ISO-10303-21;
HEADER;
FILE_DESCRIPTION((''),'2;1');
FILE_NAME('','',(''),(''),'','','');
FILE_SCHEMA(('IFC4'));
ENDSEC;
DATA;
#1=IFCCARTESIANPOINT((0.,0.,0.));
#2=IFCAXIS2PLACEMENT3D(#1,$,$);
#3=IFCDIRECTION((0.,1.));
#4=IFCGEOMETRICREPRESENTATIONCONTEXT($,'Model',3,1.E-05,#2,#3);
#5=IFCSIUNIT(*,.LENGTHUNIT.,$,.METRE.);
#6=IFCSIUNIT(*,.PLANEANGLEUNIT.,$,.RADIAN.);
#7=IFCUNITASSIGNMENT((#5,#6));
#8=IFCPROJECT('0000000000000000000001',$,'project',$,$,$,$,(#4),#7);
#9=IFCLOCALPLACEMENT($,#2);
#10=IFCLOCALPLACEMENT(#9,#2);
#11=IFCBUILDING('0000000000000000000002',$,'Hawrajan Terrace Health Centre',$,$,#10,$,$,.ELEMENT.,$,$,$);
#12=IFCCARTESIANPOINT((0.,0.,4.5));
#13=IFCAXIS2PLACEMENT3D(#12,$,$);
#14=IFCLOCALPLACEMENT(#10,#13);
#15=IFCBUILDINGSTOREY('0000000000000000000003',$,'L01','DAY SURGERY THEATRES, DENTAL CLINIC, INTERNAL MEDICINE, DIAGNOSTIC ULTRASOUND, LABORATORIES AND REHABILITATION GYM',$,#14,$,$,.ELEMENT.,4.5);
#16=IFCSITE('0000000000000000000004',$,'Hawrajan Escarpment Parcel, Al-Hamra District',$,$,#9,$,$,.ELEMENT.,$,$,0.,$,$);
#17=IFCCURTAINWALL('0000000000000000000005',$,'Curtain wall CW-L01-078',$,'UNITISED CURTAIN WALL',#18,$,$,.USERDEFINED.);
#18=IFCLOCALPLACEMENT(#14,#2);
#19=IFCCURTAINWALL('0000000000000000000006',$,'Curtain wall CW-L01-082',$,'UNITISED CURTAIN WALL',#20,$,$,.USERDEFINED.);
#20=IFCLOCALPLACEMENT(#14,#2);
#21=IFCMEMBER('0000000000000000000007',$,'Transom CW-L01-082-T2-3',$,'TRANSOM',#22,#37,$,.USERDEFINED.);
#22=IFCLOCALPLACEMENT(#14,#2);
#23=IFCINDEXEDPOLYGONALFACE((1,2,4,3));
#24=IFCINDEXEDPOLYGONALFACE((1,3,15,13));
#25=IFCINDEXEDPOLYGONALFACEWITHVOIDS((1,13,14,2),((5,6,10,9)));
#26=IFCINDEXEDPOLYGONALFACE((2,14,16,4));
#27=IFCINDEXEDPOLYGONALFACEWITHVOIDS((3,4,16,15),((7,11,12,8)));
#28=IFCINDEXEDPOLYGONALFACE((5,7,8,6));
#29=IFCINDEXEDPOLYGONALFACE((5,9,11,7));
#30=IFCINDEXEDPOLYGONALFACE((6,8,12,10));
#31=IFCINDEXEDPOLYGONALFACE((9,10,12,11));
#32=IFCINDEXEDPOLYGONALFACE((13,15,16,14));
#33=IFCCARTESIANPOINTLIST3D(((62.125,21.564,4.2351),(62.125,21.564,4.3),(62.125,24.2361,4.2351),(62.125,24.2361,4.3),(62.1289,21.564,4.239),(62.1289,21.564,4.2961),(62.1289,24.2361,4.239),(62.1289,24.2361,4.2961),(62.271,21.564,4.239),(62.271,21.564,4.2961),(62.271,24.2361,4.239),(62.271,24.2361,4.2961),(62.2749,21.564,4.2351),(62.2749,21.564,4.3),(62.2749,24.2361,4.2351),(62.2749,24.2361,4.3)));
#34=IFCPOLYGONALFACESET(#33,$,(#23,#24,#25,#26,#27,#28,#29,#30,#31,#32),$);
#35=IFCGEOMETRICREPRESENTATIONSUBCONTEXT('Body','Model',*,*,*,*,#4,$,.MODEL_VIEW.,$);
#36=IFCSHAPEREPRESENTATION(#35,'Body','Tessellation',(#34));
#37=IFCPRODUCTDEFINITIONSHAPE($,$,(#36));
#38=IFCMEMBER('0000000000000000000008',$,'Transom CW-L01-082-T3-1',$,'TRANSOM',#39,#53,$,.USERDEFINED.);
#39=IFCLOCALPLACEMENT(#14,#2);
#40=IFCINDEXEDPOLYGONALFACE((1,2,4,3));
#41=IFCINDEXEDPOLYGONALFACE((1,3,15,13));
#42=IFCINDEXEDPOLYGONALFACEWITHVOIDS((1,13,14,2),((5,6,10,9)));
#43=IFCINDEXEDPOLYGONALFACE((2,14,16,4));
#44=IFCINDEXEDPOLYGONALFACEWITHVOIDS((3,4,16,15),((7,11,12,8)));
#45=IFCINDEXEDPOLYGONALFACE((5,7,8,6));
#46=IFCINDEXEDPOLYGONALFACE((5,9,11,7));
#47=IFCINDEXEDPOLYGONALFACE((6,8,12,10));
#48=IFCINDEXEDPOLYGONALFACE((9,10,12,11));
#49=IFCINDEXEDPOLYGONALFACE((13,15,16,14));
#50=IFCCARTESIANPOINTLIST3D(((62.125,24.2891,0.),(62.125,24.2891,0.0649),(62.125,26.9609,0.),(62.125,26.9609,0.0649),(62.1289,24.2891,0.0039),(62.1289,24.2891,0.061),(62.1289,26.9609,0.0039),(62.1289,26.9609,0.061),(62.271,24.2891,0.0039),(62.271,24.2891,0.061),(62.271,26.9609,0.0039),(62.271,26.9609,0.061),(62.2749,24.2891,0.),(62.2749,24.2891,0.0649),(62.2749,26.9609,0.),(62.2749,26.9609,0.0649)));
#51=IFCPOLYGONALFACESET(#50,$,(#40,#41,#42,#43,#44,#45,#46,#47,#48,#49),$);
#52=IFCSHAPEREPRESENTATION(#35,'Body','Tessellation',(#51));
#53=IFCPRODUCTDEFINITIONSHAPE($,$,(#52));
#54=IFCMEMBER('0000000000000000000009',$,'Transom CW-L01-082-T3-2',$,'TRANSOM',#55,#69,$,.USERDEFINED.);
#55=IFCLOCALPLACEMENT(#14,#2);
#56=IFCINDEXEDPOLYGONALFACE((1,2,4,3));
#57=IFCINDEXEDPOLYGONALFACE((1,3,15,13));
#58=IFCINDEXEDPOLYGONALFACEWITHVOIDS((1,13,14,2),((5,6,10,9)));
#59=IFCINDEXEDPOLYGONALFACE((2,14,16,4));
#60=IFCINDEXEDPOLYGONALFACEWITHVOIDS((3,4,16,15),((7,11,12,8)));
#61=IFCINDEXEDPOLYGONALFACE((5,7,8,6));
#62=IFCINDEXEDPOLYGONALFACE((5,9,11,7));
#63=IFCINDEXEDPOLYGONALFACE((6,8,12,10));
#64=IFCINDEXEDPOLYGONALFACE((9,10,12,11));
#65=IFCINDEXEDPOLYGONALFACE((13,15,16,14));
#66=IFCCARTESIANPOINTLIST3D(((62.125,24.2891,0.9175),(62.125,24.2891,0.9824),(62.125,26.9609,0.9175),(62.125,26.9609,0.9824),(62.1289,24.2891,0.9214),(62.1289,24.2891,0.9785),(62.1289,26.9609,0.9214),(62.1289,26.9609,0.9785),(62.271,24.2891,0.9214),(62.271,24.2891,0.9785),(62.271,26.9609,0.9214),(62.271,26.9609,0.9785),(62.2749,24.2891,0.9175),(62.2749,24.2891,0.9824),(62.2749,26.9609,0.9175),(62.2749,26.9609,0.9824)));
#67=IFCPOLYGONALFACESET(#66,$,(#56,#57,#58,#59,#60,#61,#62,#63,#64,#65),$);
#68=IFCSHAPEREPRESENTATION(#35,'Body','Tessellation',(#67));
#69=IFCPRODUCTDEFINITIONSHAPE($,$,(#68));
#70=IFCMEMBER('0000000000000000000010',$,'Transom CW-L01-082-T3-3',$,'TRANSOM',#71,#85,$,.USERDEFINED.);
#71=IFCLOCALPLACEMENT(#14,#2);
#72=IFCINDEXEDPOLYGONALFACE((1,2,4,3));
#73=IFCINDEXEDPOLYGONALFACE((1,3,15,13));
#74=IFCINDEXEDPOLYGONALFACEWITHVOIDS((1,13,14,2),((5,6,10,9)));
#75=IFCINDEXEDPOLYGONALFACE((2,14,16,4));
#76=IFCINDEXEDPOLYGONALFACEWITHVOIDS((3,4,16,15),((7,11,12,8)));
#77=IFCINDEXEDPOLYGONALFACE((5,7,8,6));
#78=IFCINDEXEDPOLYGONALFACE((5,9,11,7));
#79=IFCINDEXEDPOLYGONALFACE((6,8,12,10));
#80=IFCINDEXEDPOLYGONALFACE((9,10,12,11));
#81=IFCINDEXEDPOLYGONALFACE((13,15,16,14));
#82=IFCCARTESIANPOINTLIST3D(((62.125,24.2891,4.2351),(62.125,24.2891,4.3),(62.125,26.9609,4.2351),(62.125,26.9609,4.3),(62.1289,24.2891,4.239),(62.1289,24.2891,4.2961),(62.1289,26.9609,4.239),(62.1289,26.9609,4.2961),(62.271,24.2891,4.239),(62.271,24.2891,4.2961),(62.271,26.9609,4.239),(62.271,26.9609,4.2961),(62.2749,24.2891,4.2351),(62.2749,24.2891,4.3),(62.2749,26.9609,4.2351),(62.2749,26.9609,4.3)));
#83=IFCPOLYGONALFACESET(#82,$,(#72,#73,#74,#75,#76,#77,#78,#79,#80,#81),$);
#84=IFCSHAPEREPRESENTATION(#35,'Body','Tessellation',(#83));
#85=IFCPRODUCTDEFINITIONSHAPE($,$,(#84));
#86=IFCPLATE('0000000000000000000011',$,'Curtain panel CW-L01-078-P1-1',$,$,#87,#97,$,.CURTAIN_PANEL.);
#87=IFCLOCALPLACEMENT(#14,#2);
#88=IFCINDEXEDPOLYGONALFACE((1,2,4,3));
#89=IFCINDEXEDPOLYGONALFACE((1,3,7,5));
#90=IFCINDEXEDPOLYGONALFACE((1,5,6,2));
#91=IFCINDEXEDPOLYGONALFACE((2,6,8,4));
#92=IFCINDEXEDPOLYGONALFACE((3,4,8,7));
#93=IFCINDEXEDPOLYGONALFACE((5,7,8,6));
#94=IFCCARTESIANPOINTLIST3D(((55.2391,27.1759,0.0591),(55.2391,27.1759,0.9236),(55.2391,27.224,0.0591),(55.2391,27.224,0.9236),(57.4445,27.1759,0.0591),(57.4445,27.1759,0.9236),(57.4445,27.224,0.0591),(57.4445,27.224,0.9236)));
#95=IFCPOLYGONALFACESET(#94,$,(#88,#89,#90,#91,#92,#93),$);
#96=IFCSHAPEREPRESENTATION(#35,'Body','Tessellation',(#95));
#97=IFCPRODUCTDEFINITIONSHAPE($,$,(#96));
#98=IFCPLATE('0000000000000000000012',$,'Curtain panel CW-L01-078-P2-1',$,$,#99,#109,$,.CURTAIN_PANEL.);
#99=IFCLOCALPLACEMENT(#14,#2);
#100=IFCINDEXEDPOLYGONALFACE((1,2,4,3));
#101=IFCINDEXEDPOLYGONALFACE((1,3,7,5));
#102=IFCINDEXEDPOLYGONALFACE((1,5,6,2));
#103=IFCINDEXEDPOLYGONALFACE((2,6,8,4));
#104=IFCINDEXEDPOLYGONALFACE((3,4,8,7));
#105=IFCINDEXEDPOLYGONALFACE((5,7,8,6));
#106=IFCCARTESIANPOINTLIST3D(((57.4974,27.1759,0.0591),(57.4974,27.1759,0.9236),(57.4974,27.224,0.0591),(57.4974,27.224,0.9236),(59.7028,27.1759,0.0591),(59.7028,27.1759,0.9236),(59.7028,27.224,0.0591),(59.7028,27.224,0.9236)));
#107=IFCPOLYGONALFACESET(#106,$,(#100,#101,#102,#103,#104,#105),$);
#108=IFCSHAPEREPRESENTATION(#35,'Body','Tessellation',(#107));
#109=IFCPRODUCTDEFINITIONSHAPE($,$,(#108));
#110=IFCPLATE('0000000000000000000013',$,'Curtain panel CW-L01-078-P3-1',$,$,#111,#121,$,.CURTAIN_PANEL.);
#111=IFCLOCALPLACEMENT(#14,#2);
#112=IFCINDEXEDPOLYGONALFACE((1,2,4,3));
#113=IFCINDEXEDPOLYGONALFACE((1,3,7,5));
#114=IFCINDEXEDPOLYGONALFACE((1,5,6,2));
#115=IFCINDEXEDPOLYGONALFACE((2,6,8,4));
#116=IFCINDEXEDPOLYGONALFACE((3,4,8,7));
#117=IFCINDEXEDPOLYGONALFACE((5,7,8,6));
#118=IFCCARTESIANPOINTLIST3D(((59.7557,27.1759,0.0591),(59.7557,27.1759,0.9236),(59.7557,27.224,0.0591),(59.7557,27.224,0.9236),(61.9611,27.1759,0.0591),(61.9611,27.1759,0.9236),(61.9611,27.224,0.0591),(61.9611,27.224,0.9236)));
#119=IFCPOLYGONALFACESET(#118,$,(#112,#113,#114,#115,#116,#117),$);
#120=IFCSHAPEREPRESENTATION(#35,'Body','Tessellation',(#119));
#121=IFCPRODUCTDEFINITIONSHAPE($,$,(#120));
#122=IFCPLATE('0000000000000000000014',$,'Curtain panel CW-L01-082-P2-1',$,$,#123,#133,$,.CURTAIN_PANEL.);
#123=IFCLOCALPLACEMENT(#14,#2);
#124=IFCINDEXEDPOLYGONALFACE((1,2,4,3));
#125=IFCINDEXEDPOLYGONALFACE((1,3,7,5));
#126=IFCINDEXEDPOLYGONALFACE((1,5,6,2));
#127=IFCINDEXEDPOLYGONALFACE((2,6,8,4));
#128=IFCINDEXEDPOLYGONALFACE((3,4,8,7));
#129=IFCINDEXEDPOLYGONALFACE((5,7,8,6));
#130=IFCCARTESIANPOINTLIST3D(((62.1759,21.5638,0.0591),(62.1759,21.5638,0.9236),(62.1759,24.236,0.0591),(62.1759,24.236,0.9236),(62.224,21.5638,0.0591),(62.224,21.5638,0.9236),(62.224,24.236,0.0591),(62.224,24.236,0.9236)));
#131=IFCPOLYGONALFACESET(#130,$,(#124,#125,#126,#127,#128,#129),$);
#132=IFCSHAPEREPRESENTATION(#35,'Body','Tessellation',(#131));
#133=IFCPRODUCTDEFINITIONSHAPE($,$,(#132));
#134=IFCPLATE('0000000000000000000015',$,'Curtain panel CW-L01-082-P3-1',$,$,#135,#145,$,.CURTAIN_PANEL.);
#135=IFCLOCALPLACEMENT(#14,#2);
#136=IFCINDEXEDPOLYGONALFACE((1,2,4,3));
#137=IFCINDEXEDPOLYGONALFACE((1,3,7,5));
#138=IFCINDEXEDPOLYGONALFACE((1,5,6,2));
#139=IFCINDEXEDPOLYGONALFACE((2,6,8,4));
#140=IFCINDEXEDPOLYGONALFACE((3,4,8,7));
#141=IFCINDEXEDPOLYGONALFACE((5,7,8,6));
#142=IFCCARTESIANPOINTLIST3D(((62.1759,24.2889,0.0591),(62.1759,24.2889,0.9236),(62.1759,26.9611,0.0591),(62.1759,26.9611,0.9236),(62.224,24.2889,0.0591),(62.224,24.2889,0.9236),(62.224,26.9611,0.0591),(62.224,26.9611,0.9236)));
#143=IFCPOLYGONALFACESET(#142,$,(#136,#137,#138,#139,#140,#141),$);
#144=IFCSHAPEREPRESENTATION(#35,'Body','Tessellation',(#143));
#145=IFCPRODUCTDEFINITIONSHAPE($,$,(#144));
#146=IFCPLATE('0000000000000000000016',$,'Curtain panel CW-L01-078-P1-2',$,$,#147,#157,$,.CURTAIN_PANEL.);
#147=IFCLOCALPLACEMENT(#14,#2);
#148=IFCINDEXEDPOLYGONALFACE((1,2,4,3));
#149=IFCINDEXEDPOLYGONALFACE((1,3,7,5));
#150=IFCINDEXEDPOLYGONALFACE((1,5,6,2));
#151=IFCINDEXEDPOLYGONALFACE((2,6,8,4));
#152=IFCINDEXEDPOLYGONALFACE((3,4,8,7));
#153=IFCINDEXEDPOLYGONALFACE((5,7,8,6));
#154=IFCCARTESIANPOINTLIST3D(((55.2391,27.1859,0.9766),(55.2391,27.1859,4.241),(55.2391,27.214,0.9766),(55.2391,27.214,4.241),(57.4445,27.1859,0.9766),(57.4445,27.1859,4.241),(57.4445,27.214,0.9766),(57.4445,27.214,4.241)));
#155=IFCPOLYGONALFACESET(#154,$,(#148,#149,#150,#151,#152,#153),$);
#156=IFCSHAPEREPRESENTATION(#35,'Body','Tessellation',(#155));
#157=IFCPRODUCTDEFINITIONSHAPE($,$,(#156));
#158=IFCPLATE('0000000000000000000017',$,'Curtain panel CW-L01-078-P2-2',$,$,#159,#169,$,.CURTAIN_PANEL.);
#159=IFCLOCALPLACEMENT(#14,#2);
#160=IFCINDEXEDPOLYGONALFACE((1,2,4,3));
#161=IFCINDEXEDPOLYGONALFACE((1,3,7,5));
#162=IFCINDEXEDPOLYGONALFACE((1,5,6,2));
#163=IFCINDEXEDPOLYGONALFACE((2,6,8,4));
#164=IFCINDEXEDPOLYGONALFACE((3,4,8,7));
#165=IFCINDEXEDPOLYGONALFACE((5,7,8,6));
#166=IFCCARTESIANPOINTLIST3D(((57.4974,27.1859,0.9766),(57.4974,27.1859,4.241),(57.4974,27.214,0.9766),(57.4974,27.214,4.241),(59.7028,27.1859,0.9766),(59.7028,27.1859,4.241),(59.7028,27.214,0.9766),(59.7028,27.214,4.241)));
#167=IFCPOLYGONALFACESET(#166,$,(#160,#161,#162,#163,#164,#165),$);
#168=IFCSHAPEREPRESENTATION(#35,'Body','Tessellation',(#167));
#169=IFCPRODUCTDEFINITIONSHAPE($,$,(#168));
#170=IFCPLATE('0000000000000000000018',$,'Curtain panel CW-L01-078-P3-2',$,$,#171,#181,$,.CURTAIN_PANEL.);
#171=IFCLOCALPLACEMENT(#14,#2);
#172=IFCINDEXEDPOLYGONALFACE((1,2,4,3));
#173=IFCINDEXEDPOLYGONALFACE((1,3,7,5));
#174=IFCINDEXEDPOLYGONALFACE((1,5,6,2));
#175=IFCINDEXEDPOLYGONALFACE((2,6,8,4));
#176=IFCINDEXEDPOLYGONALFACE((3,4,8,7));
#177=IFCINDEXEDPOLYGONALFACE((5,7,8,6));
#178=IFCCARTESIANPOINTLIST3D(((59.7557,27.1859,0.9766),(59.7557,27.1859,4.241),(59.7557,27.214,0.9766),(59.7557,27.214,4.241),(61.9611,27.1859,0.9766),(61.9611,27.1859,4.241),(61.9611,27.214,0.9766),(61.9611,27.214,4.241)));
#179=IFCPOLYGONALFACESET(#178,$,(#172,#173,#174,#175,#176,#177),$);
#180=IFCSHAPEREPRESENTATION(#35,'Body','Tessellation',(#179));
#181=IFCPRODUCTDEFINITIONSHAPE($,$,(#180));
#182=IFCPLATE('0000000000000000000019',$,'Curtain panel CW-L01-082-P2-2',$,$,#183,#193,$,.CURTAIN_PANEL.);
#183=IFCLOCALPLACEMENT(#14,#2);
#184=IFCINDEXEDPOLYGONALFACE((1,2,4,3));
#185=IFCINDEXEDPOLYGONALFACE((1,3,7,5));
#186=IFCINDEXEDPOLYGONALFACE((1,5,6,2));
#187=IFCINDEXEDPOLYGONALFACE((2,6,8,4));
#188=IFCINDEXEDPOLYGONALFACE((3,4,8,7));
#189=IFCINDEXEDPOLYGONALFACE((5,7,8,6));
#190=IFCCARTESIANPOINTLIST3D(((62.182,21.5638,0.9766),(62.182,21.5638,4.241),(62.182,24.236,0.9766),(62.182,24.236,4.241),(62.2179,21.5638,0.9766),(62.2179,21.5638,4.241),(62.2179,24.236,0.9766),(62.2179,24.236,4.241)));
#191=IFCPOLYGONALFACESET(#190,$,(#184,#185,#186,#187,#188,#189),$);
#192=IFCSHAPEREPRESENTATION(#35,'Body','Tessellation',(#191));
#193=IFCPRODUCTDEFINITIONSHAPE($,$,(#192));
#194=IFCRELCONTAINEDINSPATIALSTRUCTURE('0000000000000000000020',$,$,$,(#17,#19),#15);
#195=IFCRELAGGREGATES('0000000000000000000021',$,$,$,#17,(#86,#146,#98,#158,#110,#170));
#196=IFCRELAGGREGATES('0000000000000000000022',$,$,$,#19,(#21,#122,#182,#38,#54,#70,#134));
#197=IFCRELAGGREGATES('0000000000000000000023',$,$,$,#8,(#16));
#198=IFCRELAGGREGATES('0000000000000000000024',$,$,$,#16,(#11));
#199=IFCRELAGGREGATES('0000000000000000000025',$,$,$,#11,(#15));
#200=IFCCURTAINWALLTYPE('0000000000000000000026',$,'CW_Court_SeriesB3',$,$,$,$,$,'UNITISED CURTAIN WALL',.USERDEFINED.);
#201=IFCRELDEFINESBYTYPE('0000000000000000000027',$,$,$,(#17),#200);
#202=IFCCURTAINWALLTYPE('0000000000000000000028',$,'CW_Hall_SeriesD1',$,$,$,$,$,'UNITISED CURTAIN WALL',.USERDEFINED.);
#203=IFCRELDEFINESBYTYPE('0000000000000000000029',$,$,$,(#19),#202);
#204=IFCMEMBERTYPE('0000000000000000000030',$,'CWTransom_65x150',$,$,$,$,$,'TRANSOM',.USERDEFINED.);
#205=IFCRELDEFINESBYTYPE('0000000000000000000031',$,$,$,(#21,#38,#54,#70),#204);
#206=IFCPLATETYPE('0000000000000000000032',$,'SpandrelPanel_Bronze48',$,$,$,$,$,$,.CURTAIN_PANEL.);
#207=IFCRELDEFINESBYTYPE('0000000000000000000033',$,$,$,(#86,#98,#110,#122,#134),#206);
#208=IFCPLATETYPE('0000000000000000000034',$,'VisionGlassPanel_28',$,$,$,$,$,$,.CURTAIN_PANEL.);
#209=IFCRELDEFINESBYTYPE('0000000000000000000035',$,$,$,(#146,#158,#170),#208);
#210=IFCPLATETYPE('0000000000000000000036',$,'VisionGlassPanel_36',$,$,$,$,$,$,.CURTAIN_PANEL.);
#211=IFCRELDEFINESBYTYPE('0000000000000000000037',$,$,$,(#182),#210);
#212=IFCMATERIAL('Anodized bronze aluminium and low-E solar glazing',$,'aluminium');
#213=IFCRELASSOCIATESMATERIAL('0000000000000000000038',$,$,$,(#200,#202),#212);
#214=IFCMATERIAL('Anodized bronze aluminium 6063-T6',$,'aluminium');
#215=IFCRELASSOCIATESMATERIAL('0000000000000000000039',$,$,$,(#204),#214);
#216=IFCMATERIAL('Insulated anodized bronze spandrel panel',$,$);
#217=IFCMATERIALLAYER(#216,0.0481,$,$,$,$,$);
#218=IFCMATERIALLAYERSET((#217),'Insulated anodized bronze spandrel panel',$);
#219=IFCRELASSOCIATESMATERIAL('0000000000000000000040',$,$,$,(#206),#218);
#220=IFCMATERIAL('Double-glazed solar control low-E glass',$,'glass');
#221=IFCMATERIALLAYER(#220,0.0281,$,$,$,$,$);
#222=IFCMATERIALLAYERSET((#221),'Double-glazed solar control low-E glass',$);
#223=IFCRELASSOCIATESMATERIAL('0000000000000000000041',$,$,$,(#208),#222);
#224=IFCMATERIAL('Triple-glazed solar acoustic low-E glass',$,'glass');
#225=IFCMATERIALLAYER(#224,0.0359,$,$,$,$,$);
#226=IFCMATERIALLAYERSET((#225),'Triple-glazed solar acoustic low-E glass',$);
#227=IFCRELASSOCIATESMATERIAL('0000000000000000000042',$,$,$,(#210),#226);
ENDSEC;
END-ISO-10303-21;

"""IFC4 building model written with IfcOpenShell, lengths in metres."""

from ifc_helpers import new_model, si_unit, direction, frame, origin, origin_2d, place, context, subcontext, project, spatial, rectangle, hollow_rectangle, extrude, material, layer, layer_set, material_profile, profile_set, type_object, element, aggregate, save


model = new_model("IFC4")

# Units and contexts
model_context = context("Model", 3, precision=1e-05, world=origin(), true_north=direction((0.0, 1.0)))
body_context = subcontext(model_context, "Body", "Model", "MODEL_VIEW")
ifc_project = project(units=[si_unit("LENGTHUNIT", "METRE"), si_unit("PLANEANGLEUNIT", "RADIAN")], contexts=[model_context])

# Site, building, storey
site_placement = place(None, origin())
site = spatial("IfcSite", under=ifc_project, at=site_placement, Name="Hawrajan Escarpment Parcel, Al-Hamra District", CompositionType="ELEMENT", RefElevation=0.0)
building_placement = place(site_placement, origin())
building = spatial("IfcBuilding", under=site, at=building_placement, Name="Hawrajan Terrace Health Centre", CompositionType="ELEMENT")
storey_placement = place(building_placement, frame((0.0, 0.0, 4.5)))
storey = spatial("IfcBuildingStorey", under=building, at=storey_placement, Name="L01", Description="DAY SURGERY THEATRES, DENTAL CLINIC, INTERNAL MEDICINE, DIAGNOSTIC ULTRASOUND, LABORATORIES AND REHABILITATION GYM", CompositionType="ELEMENT", Elevation=4.5)

# Curtain walls
ifc_material_1 = material(Name="Anodized bronze aluminium and low-E solar glazing", Category="aluminium")
curtain_wall_type_1 = type_object("IfcCurtainWallType", Name="CW_Court_SeriesB3", ElementType="UNITISED CURTAIN WALL", PredefinedType="USERDEFINED", material=ifc_material_1)
curtain_wall_1_placement = place(storey_placement, origin())
curtain_wall_1 = element("IfcCurtainWall", 1, at=curtain_wall_1_placement, inside=storey, type_object=curtain_wall_type_1, Name="Curtain wall CW-L01-078", ObjectType="UNITISED CURTAIN WALL", PredefinedType="USERDEFINED")
ifc_material_2 = material(Name="Anodized bronze aluminium 6063-T6", Category="aluminium")
curtain_wall_type_2 = type_object("IfcCurtainWallType", Name="CW_Hall_SeriesD1", ElementType="UNITISED CURTAIN WALL", PredefinedType="USERDEFINED", material=ifc_material_1)
curtain_wall_2_placement = place(storey_placement, origin())
curtain_wall_2 = element("IfcCurtainWall", 2, at=curtain_wall_2_placement, inside=storey, type_object=curtain_wall_type_2, Name="Curtain wall CW-L01-082", ObjectType="UNITISED CURTAIN WALL", PredefinedType="USERDEFINED")

# Members
ifc_material_profile_1 = material_profile(ifc_material_2, hollow_rectangle(XDim=0.0649, YDim=0.1499, WallThickness=0.0039, at=origin_2d()), Name="CW TRN 65x150")
ifc_profile_set_1 = profile_set([ifc_material_profile_1], Name="Anodized bronze aluminium 6063-T6")
member_type_1 = type_object("IfcMemberType", Name="CWTransom_65x150", ElementType="TRANSOM", PredefinedType="USERDEFINED", material=ifc_profile_set_1)
member_1_placement = place(storey_placement, frame((62.2, 21.564, 4.2676), z_axis=(0.0, 1.0, 0.0), x_axis=(0.0, 0.0, 1.0)))
member_1 = element("IfcMember", 3, at=member_1_placement, type_object=member_type_1, Name="Transom CW-L01-082-T2-3", ObjectType="TRANSOM", PredefinedType="USERDEFINED", context=body_context, shape_type="SweptSolid", body=[
    extrude(hollow_rectangle(XDim=0.0649, YDim=0.1499, WallThickness=0.0039, at=origin_2d()), origin(), (0.0, 0.0, 1.0), 2.6721),
])
member_2_placement = place(storey_placement, frame((62.2, 24.2891, 0.0325), z_axis=(0.0, 1.0, 0.0), x_axis=(0.0, 0.0, 1.0)))
member_2 = element("IfcMember", 4, at=member_2_placement, type_object=member_type_1, Name="Transom CW-L01-082-T3-1", ObjectType="TRANSOM", PredefinedType="USERDEFINED", context=body_context, shape_type="SweptSolid", body=[
    extrude(hollow_rectangle(XDim=0.0649, YDim=0.1499, WallThickness=0.0039, at=origin_2d()), origin(), (0.0, 0.0, 1.0), 2.6719),
])
member_3_placement = place(storey_placement, frame((62.2, 24.2891, 0.95), z_axis=(0.0, 1.0, 0.0), x_axis=(0.0, 0.0, 1.0)))
member_3 = element("IfcMember", 5, at=member_3_placement, type_object=member_type_1, Name="Transom CW-L01-082-T3-2", ObjectType="TRANSOM", PredefinedType="USERDEFINED", context=body_context, shape_type="SweptSolid", body=[
    extrude(hollow_rectangle(XDim=0.0649, YDim=0.1499, WallThickness=0.0039, at=origin_2d()), origin(), (0.0, 0.0, 1.0), 2.6719),
])
member_4_placement = place(storey_placement, frame((62.2, 24.2891, 4.2676), z_axis=(0.0, 1.0, 0.0), x_axis=(0.0, 0.0, 1.0)))
member_4 = element("IfcMember", 6, at=member_4_placement, type_object=member_type_1, Name="Transom CW-L01-082-T3-3", ObjectType="TRANSOM", PredefinedType="USERDEFINED", context=body_context, shape_type="SweptSolid", body=[
    extrude(hollow_rectangle(XDim=0.0649, YDim=0.1499, WallThickness=0.0039, at=origin_2d()), origin(), (0.0, 0.0, 1.0), 2.6719),
])

# Plates
ifc_material_3 = material(Name="Insulated anodized bronze spandrel panel")
ifc_layer_1 = layer(ifc_material_3, 0.0481)
ifc_layer_set_1 = layer_set([ifc_layer_1], Name="Insulated anodized bronze spandrel panel")
plate_type_1 = type_object("IfcPlateType", Name="SpandrelPanel_Bronze48", PredefinedType="CURTAIN_PANEL", material=ifc_layer_set_1)
plate_1_placement = place(storey_placement, frame((56.3418, 27.2, 0.0591), z_axis=(0.0, 0.0, 1.0), x_axis=(1.0, 0.0, 0.0)))
plate_1 = element("IfcPlate", 7, at=plate_1_placement, type_object=plate_type_1, Name="Curtain panel CW-L01-078-P1-1", PredefinedType="CURTAIN_PANEL", context=body_context, shape_type="SweptSolid", body=[
    extrude(rectangle(XDim=2.2053, YDim=0.0481, at=origin_2d()), origin(), (0.0, 0.0, 1.0), 0.8645),
])
plate_2_placement = place(storey_placement, frame((58.6001, 27.2, 0.0591), z_axis=(0.0, 0.0, 1.0), x_axis=(1.0, 0.0, 0.0)))
plate_2 = element("IfcPlate", 8, at=plate_2_placement, type_object=plate_type_1, Name="Curtain panel CW-L01-078-P2-1", PredefinedType="CURTAIN_PANEL", context=body_context, shape_type="SweptSolid", body=[
    extrude(rectangle(XDim=2.2053, YDim=0.0481, at=origin_2d()), origin(), (0.0, 0.0, 1.0), 0.8645),
])
plate_3_placement = place(storey_placement, frame((60.8584, 27.2, 0.0591), z_axis=(0.0, 0.0, 1.0), x_axis=(1.0, 0.0, 0.0)))
plate_3 = element("IfcPlate", 9, at=plate_3_placement, type_object=plate_type_1, Name="Curtain panel CW-L01-078-P3-1", PredefinedType="CURTAIN_PANEL", context=body_context, shape_type="SweptSolid", body=[
    extrude(rectangle(XDim=2.2053, YDim=0.0481, at=origin_2d()), origin(), (0.0, 0.0, 1.0), 0.8645),
])
plate_4_placement = place(storey_placement, frame((62.2, 22.8999, 0.0591), z_axis=(0.0, 0.0, 1.0), x_axis=(0.0, 1.0, 0.0)))
plate_4 = element("IfcPlate", 10, at=plate_4_placement, type_object=plate_type_1, Name="Curtain panel CW-L01-082-P2-1", PredefinedType="CURTAIN_PANEL", context=body_context, shape_type="SweptSolid", body=[
    extrude(rectangle(XDim=2.6721, YDim=0.0481, at=origin_2d()), origin(), (0.0, 0.0, 1.0), 0.8645),
])
plate_5_placement = place(storey_placement, frame((62.2, 25.625, 0.0591), z_axis=(0.0, 0.0, 1.0), x_axis=(0.0, 1.0, 0.0)))
plate_5 = element("IfcPlate", 11, at=plate_5_placement, type_object=plate_type_1, Name="Curtain panel CW-L01-082-P3-1", PredefinedType="CURTAIN_PANEL", context=body_context, shape_type="SweptSolid", body=[
    extrude(rectangle(XDim=2.6721, YDim=0.0481, at=origin_2d()), origin(), (0.0, 0.0, 1.0), 0.8645),
])
ifc_material_4 = material(Name="Double-glazed solar control low-E glass", Category="glass")
ifc_layer_2 = layer(ifc_material_4, 0.0281)
ifc_layer_set_2 = layer_set([ifc_layer_2], Name="Double-glazed solar control low-E glass")
plate_type_2 = type_object("IfcPlateType", Name="VisionGlassPanel_28", PredefinedType="CURTAIN_PANEL", material=ifc_layer_set_2)
plate_6_placement = place(storey_placement, frame((56.3418, 27.2, 0.9766), z_axis=(0.0, 0.0, 1.0), x_axis=(1.0, 0.0, 0.0)))
plate_6 = element("IfcPlate", 12, at=plate_6_placement, type_object=plate_type_2, Name="Curtain panel CW-L01-078-P1-2", PredefinedType="CURTAIN_PANEL", context=body_context, shape_type="SweptSolid", body=[
    extrude(rectangle(XDim=2.2053, YDim=0.0281, at=origin_2d()), origin(), (0.0, 0.0, 1.0), 3.2644),
])
plate_7_placement = place(storey_placement, frame((58.6001, 27.2, 0.9766), z_axis=(0.0, 0.0, 1.0), x_axis=(1.0, 0.0, 0.0)))
plate_7 = element("IfcPlate", 13, at=plate_7_placement, type_object=plate_type_2, Name="Curtain panel CW-L01-078-P2-2", PredefinedType="CURTAIN_PANEL", context=body_context, shape_type="SweptSolid", body=[
    extrude(rectangle(XDim=2.2053, YDim=0.0281, at=origin_2d()), origin(), (0.0, 0.0, 1.0), 3.2644),
])
plate_8_placement = place(storey_placement, frame((60.8584, 27.2, 0.9766), z_axis=(0.0, 0.0, 1.0), x_axis=(1.0, 0.0, 0.0)))
plate_8 = element("IfcPlate", 14, at=plate_8_placement, type_object=plate_type_2, Name="Curtain panel CW-L01-078-P3-2", PredefinedType="CURTAIN_PANEL", context=body_context, shape_type="SweptSolid", body=[
    extrude(rectangle(XDim=2.2053, YDim=0.0281, at=origin_2d()), origin(), (0.0, 0.0, 1.0), 3.2644),
])
aggregate(curtain_wall_1, [plate_1, plate_6, plate_2, plate_7, plate_3, plate_8])
ifc_material_5 = material(Name="Triple-glazed solar acoustic low-E glass", Category="glass")
ifc_layer_3 = layer(ifc_material_5, 0.0359)
ifc_layer_set_3 = layer_set([ifc_layer_3], Name="Triple-glazed solar acoustic low-E glass")
plate_type_3 = type_object("IfcPlateType", Name="VisionGlassPanel_36", PredefinedType="CURTAIN_PANEL", material=ifc_layer_set_3)
plate_9_placement = place(storey_placement, frame((62.2, 22.8999, 0.9766), z_axis=(0.0, 0.0, 1.0), x_axis=(0.0, 1.0, 0.0)))
plate_9 = element("IfcPlate", 15, at=plate_9_placement, type_object=plate_type_3, Name="Curtain panel CW-L01-082-P2-2", PredefinedType="CURTAIN_PANEL", context=body_context, shape_type="SweptSolid", body=[
    extrude(rectangle(XDim=2.6721, YDim=0.0359, at=origin_2d()), origin(), (0.0, 0.0, 1.0), 3.2644),
])
aggregate(curtain_wall_2, [member_1, plate_4, plate_9, member_2, member_3, member_4, plate_5])

save(model, "model.ifc")
